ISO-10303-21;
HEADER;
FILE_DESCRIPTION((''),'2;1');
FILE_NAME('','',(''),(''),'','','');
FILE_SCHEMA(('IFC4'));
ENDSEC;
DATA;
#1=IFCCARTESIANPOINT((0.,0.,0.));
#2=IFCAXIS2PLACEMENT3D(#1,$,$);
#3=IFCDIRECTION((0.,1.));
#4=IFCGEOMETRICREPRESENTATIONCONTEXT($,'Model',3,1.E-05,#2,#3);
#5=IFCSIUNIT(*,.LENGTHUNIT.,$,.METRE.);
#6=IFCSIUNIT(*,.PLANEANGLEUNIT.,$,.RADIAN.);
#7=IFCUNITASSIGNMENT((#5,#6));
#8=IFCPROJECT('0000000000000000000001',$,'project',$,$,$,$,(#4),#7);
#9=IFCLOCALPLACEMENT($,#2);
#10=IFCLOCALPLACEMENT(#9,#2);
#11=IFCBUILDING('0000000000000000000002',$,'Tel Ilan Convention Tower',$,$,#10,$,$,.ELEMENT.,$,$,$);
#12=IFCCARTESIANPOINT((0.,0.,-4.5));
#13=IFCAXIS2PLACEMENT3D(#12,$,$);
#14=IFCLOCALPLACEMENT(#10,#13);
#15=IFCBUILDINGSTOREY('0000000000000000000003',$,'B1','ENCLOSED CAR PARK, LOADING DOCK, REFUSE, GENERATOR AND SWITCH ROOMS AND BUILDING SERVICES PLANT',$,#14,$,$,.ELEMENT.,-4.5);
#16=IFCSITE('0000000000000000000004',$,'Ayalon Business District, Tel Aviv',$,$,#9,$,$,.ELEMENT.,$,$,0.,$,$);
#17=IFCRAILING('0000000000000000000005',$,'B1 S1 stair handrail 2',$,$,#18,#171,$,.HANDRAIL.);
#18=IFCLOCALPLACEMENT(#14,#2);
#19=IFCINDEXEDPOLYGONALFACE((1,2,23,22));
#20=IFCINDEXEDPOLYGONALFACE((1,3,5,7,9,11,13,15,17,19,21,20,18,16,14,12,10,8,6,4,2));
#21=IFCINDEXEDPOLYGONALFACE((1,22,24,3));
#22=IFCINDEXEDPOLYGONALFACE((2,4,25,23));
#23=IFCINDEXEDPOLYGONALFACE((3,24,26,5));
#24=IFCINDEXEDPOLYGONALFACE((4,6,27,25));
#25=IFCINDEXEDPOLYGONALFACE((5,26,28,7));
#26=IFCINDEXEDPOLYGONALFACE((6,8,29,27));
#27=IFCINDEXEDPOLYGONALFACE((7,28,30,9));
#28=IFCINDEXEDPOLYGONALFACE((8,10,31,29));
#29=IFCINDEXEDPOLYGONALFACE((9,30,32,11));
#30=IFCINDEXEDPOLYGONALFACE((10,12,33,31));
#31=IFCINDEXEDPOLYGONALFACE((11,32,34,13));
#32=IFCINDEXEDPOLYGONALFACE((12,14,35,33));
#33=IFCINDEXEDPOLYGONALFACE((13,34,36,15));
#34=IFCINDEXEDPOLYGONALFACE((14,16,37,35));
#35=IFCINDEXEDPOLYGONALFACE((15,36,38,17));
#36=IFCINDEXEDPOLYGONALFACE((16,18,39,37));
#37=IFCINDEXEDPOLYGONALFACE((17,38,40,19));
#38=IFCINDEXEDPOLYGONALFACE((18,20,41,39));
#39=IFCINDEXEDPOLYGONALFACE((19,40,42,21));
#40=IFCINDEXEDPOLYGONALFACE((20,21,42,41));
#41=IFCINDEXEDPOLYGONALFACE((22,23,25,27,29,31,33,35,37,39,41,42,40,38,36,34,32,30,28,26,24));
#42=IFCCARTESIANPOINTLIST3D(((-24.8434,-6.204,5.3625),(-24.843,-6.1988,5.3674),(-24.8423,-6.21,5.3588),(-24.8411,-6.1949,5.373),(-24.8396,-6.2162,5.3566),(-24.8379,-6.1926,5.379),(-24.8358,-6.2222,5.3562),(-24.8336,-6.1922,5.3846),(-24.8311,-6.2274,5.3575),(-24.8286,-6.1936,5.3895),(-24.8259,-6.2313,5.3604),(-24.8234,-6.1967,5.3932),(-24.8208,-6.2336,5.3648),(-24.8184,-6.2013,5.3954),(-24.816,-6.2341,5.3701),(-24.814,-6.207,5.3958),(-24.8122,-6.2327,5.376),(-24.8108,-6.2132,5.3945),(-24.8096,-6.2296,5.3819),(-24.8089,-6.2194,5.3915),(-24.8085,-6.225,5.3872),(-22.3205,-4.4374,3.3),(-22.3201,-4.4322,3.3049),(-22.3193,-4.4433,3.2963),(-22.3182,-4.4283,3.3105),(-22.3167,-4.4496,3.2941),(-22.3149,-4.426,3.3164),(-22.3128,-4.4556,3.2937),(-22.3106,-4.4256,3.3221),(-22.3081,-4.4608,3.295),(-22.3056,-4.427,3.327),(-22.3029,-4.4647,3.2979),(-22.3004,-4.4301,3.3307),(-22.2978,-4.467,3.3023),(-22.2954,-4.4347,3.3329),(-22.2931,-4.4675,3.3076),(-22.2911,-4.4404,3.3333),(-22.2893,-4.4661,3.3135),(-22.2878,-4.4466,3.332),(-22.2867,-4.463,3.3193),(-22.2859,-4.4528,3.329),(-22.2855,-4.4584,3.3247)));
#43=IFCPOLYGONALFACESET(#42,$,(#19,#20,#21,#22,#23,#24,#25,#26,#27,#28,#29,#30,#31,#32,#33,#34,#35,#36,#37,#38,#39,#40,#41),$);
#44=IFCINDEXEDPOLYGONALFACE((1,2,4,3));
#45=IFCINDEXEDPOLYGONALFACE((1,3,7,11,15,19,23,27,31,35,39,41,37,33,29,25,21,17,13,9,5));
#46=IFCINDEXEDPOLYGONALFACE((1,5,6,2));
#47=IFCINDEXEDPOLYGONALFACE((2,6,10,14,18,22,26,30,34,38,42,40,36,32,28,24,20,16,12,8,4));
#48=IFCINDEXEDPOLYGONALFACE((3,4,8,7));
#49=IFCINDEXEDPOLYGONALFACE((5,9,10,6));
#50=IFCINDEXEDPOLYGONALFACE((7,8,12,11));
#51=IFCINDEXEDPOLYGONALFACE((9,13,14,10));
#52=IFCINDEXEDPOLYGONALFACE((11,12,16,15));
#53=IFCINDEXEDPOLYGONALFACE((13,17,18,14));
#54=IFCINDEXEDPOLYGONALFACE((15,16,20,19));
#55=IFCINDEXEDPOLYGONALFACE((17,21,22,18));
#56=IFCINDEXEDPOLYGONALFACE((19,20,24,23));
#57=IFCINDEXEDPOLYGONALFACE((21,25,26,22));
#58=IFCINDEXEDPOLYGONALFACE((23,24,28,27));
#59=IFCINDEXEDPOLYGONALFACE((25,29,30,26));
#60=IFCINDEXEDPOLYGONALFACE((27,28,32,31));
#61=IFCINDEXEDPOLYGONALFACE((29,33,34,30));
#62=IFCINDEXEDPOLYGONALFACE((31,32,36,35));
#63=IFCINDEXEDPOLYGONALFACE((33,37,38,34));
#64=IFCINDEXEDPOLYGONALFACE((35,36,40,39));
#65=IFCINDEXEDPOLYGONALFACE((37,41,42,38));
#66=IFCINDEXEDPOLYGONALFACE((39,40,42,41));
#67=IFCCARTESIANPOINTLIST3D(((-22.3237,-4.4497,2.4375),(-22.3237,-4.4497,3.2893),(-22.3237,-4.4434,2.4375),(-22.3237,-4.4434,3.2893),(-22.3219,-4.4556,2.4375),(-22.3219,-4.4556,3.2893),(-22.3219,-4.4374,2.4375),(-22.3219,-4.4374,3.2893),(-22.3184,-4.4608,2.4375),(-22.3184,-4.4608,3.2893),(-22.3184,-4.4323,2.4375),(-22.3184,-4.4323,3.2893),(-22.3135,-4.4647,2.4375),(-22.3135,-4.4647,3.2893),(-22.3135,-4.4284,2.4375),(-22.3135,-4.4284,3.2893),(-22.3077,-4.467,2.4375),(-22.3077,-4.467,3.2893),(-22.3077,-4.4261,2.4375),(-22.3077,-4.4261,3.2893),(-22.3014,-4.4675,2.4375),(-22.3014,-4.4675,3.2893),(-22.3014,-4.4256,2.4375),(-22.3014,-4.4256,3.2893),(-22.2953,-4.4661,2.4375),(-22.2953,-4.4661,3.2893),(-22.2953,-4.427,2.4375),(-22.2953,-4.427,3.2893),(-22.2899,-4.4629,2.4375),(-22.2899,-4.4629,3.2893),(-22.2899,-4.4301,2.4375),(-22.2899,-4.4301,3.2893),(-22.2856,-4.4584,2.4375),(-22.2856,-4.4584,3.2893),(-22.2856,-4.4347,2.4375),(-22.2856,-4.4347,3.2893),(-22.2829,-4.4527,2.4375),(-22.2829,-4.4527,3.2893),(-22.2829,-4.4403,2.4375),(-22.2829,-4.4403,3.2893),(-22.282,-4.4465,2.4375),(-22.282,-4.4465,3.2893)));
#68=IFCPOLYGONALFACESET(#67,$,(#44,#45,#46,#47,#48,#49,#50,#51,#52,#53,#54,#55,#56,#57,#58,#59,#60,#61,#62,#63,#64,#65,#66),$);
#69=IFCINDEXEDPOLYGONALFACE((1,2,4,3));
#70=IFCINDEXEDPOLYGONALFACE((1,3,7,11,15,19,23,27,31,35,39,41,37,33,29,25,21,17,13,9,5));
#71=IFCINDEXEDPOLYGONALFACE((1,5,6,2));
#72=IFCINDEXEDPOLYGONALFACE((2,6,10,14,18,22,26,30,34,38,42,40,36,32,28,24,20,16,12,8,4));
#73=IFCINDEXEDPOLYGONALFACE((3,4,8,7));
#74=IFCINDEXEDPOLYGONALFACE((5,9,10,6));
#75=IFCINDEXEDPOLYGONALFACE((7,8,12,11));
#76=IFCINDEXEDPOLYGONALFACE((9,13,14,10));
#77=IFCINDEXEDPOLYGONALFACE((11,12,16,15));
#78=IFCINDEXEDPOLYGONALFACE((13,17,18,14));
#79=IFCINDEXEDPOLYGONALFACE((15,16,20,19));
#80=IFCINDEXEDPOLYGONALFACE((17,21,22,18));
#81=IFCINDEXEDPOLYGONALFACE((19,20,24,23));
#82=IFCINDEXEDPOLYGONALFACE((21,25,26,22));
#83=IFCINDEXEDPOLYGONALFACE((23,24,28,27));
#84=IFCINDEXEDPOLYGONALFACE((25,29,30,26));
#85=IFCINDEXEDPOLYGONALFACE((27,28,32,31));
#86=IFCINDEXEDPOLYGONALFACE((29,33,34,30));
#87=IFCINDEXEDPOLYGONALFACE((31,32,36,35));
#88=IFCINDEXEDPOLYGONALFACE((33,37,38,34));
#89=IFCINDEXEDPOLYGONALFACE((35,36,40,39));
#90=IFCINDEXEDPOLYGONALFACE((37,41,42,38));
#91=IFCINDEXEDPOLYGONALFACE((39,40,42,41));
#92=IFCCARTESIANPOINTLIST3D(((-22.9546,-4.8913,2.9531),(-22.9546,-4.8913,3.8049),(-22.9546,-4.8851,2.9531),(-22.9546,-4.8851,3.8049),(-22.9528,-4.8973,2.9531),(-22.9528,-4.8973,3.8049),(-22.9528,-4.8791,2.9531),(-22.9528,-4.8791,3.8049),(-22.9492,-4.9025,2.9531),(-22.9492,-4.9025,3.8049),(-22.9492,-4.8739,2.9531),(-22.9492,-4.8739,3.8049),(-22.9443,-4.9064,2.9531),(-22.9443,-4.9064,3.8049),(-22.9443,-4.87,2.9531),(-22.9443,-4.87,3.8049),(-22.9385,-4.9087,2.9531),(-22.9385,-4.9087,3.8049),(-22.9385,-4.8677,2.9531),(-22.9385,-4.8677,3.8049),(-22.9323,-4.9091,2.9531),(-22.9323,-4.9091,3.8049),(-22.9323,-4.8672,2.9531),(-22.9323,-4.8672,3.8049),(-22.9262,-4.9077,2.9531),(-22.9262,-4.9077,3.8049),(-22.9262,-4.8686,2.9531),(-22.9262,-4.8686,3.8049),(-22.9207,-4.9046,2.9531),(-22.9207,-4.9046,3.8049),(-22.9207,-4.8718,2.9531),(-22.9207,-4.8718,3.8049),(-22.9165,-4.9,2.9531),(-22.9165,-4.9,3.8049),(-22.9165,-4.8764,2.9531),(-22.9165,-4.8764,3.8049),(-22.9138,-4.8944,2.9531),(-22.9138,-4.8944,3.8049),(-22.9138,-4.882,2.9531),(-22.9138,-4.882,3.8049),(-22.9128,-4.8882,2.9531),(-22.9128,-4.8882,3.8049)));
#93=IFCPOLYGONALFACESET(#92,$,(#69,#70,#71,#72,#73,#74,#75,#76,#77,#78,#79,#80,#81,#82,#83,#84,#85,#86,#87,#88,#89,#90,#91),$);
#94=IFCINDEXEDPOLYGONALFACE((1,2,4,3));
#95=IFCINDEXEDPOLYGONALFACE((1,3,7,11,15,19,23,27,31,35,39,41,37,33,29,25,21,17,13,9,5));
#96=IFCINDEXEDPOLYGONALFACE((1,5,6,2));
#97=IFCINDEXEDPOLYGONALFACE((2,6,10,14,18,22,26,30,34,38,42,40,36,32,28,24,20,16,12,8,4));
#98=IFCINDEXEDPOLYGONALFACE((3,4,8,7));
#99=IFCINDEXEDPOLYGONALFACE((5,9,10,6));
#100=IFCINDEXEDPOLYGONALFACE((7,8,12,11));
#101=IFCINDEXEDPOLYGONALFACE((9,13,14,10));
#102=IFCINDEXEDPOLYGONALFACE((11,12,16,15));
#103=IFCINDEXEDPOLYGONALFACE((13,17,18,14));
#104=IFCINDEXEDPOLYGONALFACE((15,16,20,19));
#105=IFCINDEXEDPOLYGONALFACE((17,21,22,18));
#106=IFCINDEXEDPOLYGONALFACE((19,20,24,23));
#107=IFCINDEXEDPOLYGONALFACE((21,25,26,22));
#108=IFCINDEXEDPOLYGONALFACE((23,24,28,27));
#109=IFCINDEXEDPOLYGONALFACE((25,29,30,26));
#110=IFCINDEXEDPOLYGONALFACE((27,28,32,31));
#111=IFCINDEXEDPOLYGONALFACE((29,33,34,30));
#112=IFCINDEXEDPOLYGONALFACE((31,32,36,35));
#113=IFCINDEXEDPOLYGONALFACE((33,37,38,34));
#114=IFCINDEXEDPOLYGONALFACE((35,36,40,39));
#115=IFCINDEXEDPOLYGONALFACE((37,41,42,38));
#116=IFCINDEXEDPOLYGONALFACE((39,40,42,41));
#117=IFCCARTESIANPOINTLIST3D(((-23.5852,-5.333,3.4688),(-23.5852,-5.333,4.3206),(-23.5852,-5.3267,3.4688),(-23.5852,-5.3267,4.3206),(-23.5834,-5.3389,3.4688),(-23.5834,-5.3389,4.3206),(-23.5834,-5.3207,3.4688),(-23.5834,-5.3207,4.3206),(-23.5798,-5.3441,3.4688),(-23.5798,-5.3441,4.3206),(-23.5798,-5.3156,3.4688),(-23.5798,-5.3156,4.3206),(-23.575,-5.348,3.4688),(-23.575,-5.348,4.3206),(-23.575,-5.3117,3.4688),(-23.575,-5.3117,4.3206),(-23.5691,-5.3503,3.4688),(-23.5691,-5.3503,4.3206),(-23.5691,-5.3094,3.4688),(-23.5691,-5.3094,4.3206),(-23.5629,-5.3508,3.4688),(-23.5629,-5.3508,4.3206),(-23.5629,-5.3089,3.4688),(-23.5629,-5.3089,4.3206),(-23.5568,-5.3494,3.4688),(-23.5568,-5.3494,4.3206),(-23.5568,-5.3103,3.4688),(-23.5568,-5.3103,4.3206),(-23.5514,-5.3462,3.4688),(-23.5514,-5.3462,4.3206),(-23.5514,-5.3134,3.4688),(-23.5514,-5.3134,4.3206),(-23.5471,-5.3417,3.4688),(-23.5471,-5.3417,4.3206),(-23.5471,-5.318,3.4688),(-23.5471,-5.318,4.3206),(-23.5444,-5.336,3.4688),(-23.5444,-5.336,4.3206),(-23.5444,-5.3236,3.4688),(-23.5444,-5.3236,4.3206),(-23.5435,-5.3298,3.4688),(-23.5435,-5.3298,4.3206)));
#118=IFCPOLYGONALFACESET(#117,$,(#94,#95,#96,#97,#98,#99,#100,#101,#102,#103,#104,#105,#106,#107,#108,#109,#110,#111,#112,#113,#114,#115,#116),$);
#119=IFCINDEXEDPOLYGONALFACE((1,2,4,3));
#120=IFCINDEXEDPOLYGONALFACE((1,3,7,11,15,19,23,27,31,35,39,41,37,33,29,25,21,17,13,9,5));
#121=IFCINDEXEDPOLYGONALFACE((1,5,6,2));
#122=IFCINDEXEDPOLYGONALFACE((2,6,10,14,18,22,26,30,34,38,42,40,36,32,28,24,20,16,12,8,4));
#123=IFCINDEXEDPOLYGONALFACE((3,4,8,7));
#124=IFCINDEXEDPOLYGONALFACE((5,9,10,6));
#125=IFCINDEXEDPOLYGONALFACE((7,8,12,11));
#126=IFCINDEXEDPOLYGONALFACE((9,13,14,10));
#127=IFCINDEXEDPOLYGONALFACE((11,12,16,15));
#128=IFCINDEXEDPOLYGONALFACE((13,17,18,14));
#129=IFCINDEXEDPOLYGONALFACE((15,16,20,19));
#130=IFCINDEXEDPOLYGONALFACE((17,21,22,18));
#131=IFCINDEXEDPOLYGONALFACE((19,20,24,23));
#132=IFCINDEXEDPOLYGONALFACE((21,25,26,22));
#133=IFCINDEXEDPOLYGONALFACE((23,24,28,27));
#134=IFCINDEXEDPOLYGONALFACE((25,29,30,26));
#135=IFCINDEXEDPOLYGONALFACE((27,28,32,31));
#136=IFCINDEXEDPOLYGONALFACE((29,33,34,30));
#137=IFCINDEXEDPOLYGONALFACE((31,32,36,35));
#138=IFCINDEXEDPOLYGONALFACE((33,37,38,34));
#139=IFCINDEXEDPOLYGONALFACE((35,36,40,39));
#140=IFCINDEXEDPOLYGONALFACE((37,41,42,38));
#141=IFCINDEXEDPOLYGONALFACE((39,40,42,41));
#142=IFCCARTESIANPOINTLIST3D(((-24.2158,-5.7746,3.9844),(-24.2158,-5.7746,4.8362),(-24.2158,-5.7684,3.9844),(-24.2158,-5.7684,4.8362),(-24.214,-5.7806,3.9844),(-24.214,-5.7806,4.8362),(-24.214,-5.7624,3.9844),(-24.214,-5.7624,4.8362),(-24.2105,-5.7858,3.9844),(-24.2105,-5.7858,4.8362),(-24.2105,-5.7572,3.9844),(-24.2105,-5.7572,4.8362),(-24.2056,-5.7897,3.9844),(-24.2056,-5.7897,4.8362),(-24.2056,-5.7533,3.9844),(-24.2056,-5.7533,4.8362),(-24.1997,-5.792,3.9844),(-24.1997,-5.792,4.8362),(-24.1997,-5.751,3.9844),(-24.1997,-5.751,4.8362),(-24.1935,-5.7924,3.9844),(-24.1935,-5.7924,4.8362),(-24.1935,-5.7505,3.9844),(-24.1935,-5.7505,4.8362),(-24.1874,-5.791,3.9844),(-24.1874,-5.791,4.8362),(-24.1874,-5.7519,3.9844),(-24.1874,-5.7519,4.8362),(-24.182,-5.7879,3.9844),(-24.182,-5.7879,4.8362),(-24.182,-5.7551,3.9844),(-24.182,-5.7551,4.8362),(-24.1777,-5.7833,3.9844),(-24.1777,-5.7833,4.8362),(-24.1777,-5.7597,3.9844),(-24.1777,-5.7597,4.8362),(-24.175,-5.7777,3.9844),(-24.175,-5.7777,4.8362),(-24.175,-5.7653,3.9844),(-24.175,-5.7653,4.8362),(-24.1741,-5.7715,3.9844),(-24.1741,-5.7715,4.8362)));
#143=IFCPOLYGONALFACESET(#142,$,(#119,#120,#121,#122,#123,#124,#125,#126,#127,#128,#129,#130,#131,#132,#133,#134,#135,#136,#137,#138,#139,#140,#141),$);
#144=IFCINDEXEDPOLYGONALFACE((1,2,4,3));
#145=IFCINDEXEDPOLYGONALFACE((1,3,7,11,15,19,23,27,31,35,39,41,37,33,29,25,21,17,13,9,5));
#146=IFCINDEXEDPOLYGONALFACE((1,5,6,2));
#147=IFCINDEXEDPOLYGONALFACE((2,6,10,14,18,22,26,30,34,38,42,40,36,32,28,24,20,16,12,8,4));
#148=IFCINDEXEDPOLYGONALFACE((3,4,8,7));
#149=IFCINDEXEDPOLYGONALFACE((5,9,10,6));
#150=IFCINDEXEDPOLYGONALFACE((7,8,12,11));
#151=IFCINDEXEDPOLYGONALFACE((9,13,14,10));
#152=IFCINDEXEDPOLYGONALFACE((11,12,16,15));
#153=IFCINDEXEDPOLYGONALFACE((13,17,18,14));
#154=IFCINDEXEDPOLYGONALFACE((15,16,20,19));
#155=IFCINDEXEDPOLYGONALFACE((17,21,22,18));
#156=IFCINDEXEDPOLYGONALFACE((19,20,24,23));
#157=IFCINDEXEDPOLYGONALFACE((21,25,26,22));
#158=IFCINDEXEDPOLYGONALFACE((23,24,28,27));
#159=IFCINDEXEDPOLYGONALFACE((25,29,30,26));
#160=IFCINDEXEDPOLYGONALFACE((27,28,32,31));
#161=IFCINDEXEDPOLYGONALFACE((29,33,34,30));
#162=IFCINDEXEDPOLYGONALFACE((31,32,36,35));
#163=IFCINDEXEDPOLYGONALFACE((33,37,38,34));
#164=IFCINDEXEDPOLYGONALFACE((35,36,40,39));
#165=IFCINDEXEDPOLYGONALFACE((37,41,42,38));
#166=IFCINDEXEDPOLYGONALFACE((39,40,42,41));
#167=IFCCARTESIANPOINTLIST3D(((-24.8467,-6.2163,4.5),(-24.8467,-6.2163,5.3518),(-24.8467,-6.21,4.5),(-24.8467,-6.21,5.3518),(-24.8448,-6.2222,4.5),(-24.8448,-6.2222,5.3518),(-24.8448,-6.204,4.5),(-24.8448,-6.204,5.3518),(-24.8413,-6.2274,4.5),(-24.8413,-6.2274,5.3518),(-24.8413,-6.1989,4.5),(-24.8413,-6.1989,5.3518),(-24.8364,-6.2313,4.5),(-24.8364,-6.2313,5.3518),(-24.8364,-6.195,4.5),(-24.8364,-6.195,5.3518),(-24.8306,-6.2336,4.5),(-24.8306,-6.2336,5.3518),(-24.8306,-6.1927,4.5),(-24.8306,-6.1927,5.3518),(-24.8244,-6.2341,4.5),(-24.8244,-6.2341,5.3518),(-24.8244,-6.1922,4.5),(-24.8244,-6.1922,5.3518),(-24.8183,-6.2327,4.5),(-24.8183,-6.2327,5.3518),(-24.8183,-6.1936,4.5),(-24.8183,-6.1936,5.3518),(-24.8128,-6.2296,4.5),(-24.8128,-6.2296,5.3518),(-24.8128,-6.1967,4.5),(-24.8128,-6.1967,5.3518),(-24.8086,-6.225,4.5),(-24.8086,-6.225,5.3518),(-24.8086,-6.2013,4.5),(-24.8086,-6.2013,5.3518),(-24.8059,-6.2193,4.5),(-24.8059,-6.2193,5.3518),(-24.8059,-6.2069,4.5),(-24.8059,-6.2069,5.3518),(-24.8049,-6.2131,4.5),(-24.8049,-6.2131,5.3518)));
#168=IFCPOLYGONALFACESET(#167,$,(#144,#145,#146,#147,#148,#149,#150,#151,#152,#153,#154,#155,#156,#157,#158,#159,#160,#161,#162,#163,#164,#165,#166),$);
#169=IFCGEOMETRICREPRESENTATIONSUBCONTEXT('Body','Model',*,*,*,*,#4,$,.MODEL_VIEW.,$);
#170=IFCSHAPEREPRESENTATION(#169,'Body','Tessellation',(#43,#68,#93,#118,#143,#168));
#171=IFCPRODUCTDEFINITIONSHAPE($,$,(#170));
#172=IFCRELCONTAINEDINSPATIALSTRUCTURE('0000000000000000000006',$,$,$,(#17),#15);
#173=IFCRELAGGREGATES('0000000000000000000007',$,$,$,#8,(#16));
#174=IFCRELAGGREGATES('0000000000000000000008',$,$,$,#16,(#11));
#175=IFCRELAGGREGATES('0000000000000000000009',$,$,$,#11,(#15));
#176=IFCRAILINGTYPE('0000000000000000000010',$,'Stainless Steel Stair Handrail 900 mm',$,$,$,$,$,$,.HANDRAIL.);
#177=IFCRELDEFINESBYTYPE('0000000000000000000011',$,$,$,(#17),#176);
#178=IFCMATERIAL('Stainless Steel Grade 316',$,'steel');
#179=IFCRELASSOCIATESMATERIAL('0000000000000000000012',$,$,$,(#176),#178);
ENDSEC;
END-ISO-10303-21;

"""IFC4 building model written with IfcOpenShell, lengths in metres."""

from ifc_helpers import new_model, si_unit, direction, frame, origin, origin_2d, place, context, subcontext, project, spatial, circle, extrude, material, type_object, element, save


model = new_model("IFC4")

# Units and contexts
model_context = context("Model", 3, precision=1e-05, world=origin(), true_north=direction((0.0, 1.0)))
body_context = subcontext(model_context, "Body", "Model", "MODEL_VIEW")
ifc_project = project(units=[si_unit("LENGTHUNIT", "METRE"), si_unit("PLANEANGLEUNIT", "RADIAN")], contexts=[model_context])

# Site, building, storey
site_placement = place(None, origin())
site = spatial("IfcSite", under=ifc_project, at=site_placement, Name="Ayalon Business District, Tel Aviv", CompositionType="ELEMENT", RefElevation=0.0)
building_placement = place(site_placement, origin())
building = spatial("IfcBuilding", under=site, at=building_placement, Name="Tel Ilan Convention Tower", CompositionType="ELEMENT")
storey_placement = place(building_placement, frame((0.0, 0.0, -4.5)))
storey = spatial("IfcBuildingStorey", under=building, at=storey_placement, Name="B1", Description="ENCLOSED CAR PARK, LOADING DOCK, REFUSE, GENERATOR AND SWITCH ROOMS AND BUILDING SERVICES PLANT", CompositionType="ELEMENT", Elevation=-4.5)

# Railing
ifc_material_1 = material(Name="Stainless Steel Grade 316", Category="steel")
railing_type_1 = type_object("IfcRailingType", Name="Stainless Steel Stair Handrail 900 mm", PredefinedType="HANDRAIL", material=ifc_material_1)
railing_1_placement = place(storey_placement, frame((-22.303, -4.4465, 2.4375)))
element("IfcRailing", 1, at=railing_1_placement, inside=storey, type_object=railing_type_1, Name="B1 S1 stair handrail 2", PredefinedType="HANDRAIL", context=body_context, shape_type="SweptSolid", body=[
    extrude(circle(Radius=0.0239, at=origin_2d()), frame((0.0, 0.0, 0.876), z_axis=(-0.680635, -0.476589, 0.556416), x_axis=(0.573579, -0.81915, 0.0)), (0.0, 0.0, 1.0), 3.7068),
    extrude(circle(Radius=0.021, at=origin_2d()), origin(), (0.0, 0.0, 1.0), 0.8518),
    extrude(circle(Radius=0.021, at=origin_2d()), frame((-0.6309, -0.4417, 0.5156)), (0.0, 0.0, 1.0), 0.8518),
    extrude(circle(Radius=0.021, at=origin_2d()), frame((-1.2615, -0.8833, 1.0312)), (0.0, 0.0, 1.0), 0.8518),
    extrude(circle(Radius=0.021, at=origin_2d()), frame((-1.8921, -1.325, 1.5469)), (0.0, 0.0, 1.0), 0.8518),
    extrude(circle(Radius=0.021, at=origin_2d()), frame((-2.5229, -1.7666, 2.0625)), (0.0, 0.0, 1.0), 0.8518),
])

save(model, "model.ifc")
